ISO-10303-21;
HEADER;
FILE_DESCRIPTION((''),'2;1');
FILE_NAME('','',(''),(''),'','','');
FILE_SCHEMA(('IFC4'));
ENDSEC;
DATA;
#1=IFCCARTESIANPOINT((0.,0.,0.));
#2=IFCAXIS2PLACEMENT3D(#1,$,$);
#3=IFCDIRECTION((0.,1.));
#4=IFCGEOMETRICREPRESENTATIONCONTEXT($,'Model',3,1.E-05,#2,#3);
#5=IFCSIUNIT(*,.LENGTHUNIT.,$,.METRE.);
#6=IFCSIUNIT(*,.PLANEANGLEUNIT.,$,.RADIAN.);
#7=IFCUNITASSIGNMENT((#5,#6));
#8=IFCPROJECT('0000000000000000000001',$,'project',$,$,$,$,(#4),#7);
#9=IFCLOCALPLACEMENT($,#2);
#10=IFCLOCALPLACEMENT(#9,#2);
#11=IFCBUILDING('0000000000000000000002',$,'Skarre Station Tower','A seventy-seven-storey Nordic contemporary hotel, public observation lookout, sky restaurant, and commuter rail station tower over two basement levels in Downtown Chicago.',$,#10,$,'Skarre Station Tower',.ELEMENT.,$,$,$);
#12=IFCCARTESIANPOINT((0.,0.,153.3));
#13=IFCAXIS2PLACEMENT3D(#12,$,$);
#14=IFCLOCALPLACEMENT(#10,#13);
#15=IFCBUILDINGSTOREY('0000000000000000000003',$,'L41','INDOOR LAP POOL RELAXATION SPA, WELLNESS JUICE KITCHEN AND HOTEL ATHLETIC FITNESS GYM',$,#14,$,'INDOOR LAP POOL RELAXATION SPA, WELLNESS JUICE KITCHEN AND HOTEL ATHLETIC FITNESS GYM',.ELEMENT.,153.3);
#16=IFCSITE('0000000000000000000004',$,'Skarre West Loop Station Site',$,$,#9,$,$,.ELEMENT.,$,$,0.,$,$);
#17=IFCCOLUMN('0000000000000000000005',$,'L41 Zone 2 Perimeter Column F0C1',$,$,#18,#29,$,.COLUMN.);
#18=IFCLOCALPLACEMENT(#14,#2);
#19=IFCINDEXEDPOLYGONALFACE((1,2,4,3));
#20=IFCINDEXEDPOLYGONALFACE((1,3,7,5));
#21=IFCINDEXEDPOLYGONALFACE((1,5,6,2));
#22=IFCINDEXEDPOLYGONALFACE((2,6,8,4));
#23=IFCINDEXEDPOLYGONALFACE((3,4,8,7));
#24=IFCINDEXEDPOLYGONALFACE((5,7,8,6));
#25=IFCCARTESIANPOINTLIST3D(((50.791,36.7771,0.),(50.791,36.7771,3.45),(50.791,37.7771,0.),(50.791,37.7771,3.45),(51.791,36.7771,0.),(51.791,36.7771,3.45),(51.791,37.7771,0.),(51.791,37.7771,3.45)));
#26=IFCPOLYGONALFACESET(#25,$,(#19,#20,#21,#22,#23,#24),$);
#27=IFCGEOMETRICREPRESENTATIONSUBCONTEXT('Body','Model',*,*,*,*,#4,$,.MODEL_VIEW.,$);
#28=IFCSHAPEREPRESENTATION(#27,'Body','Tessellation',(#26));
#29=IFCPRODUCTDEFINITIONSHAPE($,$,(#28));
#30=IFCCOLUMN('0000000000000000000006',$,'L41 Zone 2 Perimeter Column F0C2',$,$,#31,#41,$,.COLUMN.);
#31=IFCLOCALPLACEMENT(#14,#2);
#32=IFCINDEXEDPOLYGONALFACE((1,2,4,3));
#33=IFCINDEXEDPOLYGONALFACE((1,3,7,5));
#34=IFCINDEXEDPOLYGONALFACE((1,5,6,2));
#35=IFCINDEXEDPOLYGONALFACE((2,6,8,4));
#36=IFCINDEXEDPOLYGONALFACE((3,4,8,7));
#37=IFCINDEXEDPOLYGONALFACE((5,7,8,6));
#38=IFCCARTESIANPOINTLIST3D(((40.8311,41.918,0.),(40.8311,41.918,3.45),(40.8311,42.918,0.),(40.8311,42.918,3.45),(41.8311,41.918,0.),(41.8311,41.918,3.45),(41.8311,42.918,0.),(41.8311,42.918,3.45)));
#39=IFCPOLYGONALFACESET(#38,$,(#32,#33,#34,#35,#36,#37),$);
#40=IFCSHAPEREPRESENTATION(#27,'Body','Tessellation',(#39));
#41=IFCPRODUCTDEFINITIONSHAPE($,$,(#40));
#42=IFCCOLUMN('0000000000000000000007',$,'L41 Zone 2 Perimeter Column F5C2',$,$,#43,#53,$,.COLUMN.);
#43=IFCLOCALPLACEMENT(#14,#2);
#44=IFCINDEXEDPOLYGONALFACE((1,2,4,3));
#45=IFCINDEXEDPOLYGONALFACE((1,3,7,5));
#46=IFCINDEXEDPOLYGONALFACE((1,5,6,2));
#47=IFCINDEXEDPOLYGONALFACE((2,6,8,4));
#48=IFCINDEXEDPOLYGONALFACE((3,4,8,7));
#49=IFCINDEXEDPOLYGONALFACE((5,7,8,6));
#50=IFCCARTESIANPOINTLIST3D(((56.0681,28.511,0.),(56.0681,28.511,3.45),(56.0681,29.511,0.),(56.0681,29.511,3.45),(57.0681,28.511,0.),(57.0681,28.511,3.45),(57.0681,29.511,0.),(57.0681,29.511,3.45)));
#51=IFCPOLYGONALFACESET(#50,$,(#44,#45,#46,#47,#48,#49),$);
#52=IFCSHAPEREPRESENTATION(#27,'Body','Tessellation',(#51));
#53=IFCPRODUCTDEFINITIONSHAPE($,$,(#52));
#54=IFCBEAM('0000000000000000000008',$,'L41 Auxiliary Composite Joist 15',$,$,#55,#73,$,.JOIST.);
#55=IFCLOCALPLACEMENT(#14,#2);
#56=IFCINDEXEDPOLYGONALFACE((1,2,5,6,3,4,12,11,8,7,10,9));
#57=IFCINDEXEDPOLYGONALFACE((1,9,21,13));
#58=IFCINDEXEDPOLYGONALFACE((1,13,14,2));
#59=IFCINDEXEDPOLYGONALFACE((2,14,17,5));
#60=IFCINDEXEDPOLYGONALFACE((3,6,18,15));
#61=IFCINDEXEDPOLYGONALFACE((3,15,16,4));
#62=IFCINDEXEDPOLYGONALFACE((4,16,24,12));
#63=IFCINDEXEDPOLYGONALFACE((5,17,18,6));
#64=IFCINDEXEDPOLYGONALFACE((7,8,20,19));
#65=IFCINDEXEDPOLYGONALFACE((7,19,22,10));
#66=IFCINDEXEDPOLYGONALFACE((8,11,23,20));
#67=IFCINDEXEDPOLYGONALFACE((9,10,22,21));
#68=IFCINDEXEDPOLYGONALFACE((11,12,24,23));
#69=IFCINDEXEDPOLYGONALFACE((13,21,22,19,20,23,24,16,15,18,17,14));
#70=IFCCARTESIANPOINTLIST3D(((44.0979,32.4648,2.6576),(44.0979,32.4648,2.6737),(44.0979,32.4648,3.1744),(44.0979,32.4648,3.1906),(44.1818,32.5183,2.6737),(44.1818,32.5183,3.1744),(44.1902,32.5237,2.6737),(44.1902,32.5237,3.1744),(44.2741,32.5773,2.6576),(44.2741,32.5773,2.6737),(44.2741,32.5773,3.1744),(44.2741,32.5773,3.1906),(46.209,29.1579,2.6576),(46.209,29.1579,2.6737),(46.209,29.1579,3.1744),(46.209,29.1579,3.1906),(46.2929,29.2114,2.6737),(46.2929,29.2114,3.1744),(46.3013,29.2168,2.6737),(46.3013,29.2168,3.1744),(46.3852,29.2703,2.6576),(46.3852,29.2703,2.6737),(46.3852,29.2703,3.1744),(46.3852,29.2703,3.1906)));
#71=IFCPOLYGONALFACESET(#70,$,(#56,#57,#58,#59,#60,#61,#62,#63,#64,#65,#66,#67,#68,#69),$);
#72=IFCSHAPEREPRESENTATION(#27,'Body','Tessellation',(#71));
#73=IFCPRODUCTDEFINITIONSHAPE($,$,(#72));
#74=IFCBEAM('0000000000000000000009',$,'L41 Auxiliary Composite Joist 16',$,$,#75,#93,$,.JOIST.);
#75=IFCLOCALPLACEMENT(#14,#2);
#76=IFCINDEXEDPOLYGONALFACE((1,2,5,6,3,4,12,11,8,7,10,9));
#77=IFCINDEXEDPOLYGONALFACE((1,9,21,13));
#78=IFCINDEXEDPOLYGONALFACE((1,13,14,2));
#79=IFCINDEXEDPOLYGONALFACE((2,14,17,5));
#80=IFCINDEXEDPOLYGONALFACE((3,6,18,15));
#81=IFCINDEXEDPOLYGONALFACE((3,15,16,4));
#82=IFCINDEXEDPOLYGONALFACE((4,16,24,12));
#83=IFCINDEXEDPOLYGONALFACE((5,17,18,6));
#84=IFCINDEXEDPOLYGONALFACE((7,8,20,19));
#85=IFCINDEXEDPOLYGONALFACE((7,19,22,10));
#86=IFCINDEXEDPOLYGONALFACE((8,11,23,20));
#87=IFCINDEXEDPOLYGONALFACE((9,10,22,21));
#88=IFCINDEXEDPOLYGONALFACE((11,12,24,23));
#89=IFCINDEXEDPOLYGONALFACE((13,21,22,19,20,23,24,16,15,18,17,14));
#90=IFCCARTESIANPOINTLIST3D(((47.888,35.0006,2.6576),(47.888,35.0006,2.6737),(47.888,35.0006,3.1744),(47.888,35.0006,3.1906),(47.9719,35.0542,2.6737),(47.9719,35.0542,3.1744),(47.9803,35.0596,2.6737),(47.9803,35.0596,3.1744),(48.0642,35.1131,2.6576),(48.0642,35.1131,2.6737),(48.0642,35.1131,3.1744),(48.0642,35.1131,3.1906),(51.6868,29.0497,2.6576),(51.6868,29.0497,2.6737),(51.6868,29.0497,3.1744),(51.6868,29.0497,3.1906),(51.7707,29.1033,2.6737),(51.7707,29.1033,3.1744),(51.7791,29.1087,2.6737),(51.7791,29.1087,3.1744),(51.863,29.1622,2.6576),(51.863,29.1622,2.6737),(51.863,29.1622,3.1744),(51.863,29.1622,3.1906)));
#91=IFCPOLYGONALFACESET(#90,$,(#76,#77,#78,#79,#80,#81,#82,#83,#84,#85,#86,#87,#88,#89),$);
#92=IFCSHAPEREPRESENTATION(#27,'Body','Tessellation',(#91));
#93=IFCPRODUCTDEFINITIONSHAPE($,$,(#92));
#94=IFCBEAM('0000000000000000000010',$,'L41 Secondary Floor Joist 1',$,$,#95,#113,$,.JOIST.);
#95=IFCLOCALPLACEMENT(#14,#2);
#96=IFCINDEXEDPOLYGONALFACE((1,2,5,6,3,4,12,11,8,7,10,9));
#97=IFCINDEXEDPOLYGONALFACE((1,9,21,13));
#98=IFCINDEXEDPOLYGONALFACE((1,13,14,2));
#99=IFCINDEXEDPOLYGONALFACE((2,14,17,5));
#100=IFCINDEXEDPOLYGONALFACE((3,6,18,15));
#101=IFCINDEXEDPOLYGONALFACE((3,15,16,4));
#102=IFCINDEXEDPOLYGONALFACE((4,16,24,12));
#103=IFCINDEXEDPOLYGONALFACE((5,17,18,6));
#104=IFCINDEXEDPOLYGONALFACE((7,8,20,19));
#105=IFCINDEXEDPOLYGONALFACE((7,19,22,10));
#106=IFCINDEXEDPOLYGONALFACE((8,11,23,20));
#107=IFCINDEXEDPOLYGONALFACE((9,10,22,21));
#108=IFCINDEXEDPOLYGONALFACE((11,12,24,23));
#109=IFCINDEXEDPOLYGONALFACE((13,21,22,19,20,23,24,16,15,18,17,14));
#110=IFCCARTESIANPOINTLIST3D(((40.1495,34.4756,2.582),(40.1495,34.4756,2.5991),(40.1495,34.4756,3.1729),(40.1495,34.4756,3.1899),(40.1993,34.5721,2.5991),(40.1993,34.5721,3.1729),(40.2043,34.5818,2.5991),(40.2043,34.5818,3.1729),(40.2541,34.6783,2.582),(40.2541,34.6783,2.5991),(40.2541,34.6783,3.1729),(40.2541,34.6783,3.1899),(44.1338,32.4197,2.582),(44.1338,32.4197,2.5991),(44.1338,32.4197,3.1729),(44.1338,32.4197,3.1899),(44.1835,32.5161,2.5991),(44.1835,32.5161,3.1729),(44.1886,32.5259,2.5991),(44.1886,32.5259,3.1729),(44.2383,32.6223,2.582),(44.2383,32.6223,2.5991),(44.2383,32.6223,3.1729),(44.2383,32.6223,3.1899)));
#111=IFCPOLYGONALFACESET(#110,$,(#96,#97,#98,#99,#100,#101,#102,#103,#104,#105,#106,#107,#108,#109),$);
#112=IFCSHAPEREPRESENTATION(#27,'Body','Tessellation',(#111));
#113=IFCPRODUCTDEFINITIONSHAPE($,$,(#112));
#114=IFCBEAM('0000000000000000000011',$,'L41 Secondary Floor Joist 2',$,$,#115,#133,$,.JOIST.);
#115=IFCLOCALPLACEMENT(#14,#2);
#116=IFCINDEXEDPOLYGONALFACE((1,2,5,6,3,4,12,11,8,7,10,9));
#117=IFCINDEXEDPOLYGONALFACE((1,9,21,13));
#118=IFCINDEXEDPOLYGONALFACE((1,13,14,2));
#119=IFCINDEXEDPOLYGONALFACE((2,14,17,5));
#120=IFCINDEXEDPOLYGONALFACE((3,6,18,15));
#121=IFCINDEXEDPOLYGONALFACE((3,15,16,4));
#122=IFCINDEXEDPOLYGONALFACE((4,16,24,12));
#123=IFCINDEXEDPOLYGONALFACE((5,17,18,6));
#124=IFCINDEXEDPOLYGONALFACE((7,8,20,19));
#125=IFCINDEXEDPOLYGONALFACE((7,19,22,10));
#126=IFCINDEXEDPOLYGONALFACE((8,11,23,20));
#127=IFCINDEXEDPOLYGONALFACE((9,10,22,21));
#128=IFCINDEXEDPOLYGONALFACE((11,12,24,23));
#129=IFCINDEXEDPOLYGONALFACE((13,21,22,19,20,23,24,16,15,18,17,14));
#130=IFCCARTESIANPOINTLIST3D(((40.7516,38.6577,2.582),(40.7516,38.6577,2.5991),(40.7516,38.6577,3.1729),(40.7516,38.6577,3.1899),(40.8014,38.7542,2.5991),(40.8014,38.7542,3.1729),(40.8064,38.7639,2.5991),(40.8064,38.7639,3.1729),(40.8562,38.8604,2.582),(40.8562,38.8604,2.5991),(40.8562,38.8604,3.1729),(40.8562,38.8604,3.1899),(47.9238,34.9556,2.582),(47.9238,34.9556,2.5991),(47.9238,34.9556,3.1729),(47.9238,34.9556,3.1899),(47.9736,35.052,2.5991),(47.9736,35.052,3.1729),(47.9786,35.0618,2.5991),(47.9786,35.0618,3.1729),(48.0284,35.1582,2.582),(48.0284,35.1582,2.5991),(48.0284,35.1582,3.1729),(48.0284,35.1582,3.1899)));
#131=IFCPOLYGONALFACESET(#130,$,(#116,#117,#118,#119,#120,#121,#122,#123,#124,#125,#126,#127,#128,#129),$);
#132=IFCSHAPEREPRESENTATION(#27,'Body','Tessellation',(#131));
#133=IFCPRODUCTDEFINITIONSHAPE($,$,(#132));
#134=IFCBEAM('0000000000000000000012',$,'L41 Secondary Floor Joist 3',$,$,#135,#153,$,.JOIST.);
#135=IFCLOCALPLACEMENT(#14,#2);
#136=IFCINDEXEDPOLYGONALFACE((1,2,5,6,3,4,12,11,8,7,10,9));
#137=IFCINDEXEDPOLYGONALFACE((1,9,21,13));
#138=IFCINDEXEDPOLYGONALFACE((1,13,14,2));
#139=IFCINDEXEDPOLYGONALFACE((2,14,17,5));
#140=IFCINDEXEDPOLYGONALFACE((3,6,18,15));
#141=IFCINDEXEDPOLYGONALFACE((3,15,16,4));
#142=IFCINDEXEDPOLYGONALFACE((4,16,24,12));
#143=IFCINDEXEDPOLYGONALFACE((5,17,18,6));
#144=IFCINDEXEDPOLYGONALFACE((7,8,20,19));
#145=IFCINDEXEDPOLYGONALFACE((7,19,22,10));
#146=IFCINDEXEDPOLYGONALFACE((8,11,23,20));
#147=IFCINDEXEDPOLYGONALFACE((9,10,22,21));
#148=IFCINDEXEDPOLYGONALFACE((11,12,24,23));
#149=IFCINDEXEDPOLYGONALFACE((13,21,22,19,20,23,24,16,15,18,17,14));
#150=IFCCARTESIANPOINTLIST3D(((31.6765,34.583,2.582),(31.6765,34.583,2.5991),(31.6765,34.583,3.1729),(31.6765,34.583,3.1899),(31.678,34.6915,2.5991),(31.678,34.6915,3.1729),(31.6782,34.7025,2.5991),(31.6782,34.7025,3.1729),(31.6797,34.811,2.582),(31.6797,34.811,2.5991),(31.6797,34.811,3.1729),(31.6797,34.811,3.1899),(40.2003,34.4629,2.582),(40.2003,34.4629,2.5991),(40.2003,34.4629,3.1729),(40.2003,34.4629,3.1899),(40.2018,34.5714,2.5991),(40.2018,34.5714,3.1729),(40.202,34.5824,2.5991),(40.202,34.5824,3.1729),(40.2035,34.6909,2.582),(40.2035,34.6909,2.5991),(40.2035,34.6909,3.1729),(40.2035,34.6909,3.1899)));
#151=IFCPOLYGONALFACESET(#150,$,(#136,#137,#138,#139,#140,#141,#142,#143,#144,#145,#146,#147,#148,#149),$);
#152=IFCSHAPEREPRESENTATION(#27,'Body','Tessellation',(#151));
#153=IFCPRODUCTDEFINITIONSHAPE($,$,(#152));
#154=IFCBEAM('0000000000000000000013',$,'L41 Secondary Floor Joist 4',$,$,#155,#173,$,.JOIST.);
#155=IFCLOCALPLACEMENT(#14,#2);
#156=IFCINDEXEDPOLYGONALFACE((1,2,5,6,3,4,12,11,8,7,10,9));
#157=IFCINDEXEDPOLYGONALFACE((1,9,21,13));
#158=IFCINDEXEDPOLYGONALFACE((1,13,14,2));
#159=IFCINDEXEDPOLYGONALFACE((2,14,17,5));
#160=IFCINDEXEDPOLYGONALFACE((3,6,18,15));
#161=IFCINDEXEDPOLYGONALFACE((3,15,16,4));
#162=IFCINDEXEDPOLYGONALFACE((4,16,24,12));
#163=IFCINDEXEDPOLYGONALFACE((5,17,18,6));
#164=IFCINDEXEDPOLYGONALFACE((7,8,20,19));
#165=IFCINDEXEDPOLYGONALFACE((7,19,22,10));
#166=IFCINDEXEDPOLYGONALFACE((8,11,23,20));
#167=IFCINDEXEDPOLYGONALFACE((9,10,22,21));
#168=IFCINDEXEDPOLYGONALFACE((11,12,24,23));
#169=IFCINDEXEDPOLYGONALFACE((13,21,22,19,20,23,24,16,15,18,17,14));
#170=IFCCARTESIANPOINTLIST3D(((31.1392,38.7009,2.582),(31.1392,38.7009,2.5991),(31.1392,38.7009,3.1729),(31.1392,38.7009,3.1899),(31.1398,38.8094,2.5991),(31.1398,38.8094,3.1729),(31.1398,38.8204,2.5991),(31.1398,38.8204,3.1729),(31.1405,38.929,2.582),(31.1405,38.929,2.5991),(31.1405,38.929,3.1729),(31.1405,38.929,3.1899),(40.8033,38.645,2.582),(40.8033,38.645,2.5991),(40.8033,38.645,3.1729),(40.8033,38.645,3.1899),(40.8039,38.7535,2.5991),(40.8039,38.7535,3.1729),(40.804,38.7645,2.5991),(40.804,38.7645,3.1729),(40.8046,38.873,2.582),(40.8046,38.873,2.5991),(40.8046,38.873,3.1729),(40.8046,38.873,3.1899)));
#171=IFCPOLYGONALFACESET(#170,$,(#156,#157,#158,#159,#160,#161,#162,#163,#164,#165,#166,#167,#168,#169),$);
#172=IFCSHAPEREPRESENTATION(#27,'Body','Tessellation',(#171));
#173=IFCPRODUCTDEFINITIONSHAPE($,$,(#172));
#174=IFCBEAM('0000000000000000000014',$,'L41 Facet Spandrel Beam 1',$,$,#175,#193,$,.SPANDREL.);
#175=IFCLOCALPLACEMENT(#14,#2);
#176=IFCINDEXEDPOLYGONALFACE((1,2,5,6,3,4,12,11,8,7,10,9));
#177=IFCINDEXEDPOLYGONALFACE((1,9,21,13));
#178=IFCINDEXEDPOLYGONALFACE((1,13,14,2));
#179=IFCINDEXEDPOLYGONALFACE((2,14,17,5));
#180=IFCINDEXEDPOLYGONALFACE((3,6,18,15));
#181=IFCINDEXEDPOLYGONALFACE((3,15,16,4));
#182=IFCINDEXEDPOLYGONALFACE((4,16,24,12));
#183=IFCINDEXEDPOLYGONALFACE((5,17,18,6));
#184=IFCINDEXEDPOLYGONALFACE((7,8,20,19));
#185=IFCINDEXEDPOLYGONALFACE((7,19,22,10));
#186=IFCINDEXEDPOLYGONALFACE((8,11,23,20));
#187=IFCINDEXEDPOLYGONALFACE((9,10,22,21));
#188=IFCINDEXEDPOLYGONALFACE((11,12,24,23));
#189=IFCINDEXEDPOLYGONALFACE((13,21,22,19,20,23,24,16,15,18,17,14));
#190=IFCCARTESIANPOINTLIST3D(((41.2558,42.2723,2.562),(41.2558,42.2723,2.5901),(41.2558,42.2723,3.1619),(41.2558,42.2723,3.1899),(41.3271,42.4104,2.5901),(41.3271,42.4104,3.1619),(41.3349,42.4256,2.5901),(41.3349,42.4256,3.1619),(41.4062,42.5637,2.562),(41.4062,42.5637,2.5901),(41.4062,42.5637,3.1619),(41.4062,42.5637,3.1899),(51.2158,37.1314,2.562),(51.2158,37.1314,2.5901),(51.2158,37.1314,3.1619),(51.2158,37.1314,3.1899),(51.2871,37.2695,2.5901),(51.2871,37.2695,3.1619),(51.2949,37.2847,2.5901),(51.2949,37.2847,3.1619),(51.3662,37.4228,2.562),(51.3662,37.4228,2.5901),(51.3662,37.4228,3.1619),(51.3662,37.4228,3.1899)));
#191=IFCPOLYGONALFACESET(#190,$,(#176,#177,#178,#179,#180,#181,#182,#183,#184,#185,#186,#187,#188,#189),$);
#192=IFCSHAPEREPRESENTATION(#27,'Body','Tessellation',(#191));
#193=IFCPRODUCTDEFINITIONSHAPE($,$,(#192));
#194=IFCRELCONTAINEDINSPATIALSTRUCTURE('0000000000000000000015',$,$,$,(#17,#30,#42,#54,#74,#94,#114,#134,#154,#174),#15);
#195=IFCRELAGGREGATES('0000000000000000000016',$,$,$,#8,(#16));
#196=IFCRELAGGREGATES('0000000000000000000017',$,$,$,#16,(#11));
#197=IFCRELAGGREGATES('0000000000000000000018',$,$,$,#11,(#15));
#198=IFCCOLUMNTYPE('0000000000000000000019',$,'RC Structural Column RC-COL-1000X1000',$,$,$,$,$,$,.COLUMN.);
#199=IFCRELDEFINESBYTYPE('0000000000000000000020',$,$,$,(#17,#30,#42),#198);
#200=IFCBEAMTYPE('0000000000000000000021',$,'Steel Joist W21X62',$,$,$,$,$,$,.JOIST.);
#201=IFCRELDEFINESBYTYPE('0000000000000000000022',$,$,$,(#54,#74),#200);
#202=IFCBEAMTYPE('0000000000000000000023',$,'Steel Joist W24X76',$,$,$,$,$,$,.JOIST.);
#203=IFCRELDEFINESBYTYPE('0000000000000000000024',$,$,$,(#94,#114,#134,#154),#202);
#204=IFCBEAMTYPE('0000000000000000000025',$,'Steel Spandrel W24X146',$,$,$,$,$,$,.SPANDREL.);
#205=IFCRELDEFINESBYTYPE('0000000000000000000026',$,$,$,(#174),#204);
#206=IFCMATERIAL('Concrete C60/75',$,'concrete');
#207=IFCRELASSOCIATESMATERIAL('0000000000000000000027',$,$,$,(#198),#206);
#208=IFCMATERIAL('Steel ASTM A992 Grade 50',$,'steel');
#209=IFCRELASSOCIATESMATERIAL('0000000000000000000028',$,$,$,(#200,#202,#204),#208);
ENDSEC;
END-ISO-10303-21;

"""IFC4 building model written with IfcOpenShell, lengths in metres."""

from ifc_helpers import new_model, si_unit, direction, frame, origin, origin_2d, place, context, subcontext, project, spatial, rectangle, i_section, extrude, material, material_profile, profile_set, type_object, element, save


model = new_model("IFC4")

# Units and contexts
model_context = context("Model", 3, precision=1e-05, world=origin(), true_north=direction((0.0, 1.0)))
body_context = subcontext(model_context, "Body", "Model", "MODEL_VIEW")
ifc_project = project(units=[si_unit("LENGTHUNIT", "METRE"), si_unit("PLANEANGLEUNIT", "RADIAN")], contexts=[model_context])

# Site, building, storey
site_placement = place(None, origin())
site = spatial("IfcSite", under=ifc_project, at=site_placement, Name="Skarre West Loop Station Site", CompositionType="ELEMENT", RefElevation=0.0)
building_placement = place(site_placement, origin())
building = spatial("IfcBuilding", under=site, at=building_placement, Name="Skarre Station Tower", Description="A seventy-seven-storey Nordic contemporary hotel, public observation lookout, sky restaurant, and commuter rail station tower over two basement levels in Downtown Chicago.", LongName="Skarre Station Tower", CompositionType="ELEMENT")
storey_placement = place(building_placement, frame((0.0, 0.0, 153.3)))
storey = spatial("IfcBuildingStorey", under=building, at=storey_placement, Name="L41", Description="INDOOR LAP POOL RELAXATION SPA, WELLNESS JUICE KITCHEN AND HOTEL ATHLETIC FITNESS GYM", LongName="INDOOR LAP POOL RELAXATION SPA, WELLNESS JUICE KITCHEN AND HOTEL ATHLETIC FITNESS GYM", CompositionType="ELEMENT", Elevation=153.3)

# Columns
ifc_material_1 = material(Name="Concrete C60/75", Category="concrete")
ifc_material_profile_1 = material_profile(ifc_material_1, rectangle(XDim=1.0, YDim=1.0, at=origin_2d()), Name="Concrete C60/75")
ifc_profile_set_1 = profile_set([ifc_material_profile_1], Name="Concrete C60/75")
column_type = type_object("IfcColumnType", Name="RC Structural Column RC-COL-1000X1000", PredefinedType="COLUMN", material=ifc_profile_set_1)
for number, where, z_axis, x_axis, name in (
    (1, (51.291, 37.2771, 0.0), (0.0, 0.0, 1.0), (1.0, 0.0, 0.0), "L41 Zone 2 Perimeter Column F0C1"),
    (2, (41.3311, 42.418, 0.0), (0.0, 0.0, 1.0), (1.0, 0.0, 0.0), "L41 Zone 2 Perimeter Column F0C2"),
    (3, (56.5681, 29.011, 0.0), (0.0, 0.0, 1.0), (1.0, 0.0, 0.0), "L41 Zone 2 Perimeter Column F5C2"),
):
    element("IfcColumn", number, at=place(storey_placement, frame(where, z_axis=z_axis, x_axis=x_axis)), inside=storey, type_object=column_type, Name=name, PredefinedType="COLUMN", context=body_context, shape_type="SweptSolid", body=[
        extrude(rectangle(XDim=1.0, YDim=1.0, at=origin_2d()), origin(), (0.0, 0.0, 1.0), 3.45),
    ])

# Beams
ifc_material_2 = material(Name="Steel ASTM A992 Grade 50", Category="steel")
ifc_material_profile_2 = material_profile(ifc_material_2, i_section(OverallWidth=0.209, OverallDepth=0.533, WebThickness=0.01, FlangeThickness=0.0161, at=origin_2d()), Name="Steel ASTM A992 Grade 50")
ifc_profile_set_2 = profile_set([ifc_material_profile_2], Name="Steel ASTM A992 Grade 50")
beam_type_1 = type_object("IfcBeamType", Name="Steel Joist W21X62", PredefinedType="JOIST", material=ifc_profile_set_2)
beam_1_placement = place(storey_placement, frame((46.2971, 29.2141, 2.9241), z_axis=(-0.538091, 0.842887, 0.0), x_axis=(-0.842887, -0.538091, 0.0)))
element("IfcBeam", 4, at=beam_1_placement, inside=storey, type_object=beam_type_1, Name="L41 Auxiliary Composite Joist 15", PredefinedType="JOIST", context=body_context, shape_type="SweptSolid", body=[
    extrude(i_section(OverallWidth=0.209, OverallDepth=0.533, WebThickness=0.01, FlangeThickness=0.0161, at=origin_2d()), origin(), (0.0, 0.0, 1.0), 3.9233),
])
beam_2_placement = place(storey_placement, frame((51.7749, 29.106, 2.9241), z_axis=(-0.538072, 0.842899, 0.0), x_axis=(-0.842899, -0.538072, 0.0)))
element("IfcBeam", 5, at=beam_2_placement, inside=storey, type_object=beam_type_1, Name="L41 Auxiliary Composite Joist 16", PredefinedType="JOIST", context=body_context, shape_type="SweptSolid", body=[
    extrude(i_section(OverallWidth=0.209, OverallDepth=0.533, WebThickness=0.01, FlangeThickness=0.0161, at=origin_2d()), origin(), (0.0, 0.0, 1.0), 7.0601),
])
ifc_material_profile_3 = material_profile(ifc_material_2, i_section(OverallWidth=0.228, OverallDepth=0.6079, WebThickness=0.011, FlangeThickness=0.0171, at=origin_2d()), Name="Steel ASTM A992 Grade 50")
ifc_profile_set_3 = profile_set([ifc_material_profile_3], Name="Steel ASTM A992 Grade 50")
beam_type_2 = type_object("IfcBeamType", Name="Steel Joist W24X76", PredefinedType="JOIST", material=ifc_profile_set_3)
beam_3_placement = place(storey_placement, frame((44.186, 32.521, 2.886), z_axis=(-0.888659, 0.458569, 0.0), x_axis=(-0.458569, -0.888659, 0.0)))
element("IfcBeam", 6, at=beam_3_placement, inside=storey, type_object=beam_type_2, Name="L41 Secondary Floor Joist 1", PredefinedType="JOIST", context=body_context, shape_type="SweptSolid", body=[
    extrude(i_section(OverallWidth=0.228, OverallDepth=0.6079, WebThickness=0.011, FlangeThickness=0.0171, at=origin_2d()), origin(), (0.0, 0.0, 1.0), 4.4834),
])
beam_4_placement = place(storey_placement, frame((47.9761, 35.0569, 2.886), z_axis=(-0.8886, 0.458683, 0.0), x_axis=(-0.458683, -0.8886, 0.0)))
element("IfcBeam", 7, at=beam_4_placement, inside=storey, type_object=beam_type_2, Name="L41 Secondary Floor Joist 2", PredefinedType="JOIST", context=body_context, shape_type="SweptSolid", body=[
    extrude(i_section(OverallWidth=0.228, OverallDepth=0.6079, WebThickness=0.011, FlangeThickness=0.0171, at=origin_2d()), origin(), (0.0, 0.0, 1.0), 8.0713),
])
beam_5_placement = place(storey_placement, frame((40.2019, 34.5769, 2.886), z_axis=(-0.999901, 0.01409, 0.0), x_axis=(-0.01409, -0.999901, 0.0)))
element("IfcBeam", 8, at=beam_5_placement, inside=storey, type_object=beam_type_2, Name="L41 Secondary Floor Joist 3", PredefinedType="JOIST", context=body_context, shape_type="SweptSolid", body=[
    extrude(i_section(OverallWidth=0.228, OverallDepth=0.6079, WebThickness=0.011, FlangeThickness=0.0171, at=origin_2d()), origin(), (0.0, 0.0, 1.0), 8.5247),
])
beam_6_placement = place(storey_placement, frame((40.804, 38.759, 2.886), z_axis=(-0.999983, 0.005785, 0.0), x_axis=(-0.005785, -0.999983, 0.0)))
element("IfcBeam", 9, at=beam_6_placement, inside=storey, type_object=beam_type_2, Name="L41 Secondary Floor Joist 4", PredefinedType="JOIST", context=body_context, shape_type="SweptSolid", body=[
    extrude(i_section(OverallWidth=0.228, OverallDepth=0.6079, WebThickness=0.011, FlangeThickness=0.0171, at=origin_2d()), origin(), (0.0, 0.0, 1.0), 9.6643),
])
ifc_material_profile_4 = material_profile(ifc_material_2, i_section(OverallWidth=0.3279, OverallDepth=0.6279, WebThickness=0.0171, FlangeThickness=0.0281, at=origin_2d()), Name="Steel ASTM A992 Grade 50")
ifc_profile_set_4 = profile_set([ifc_material_profile_4], Name="Steel ASTM A992 Grade 50")
beam_type_3 = type_object("IfcBeamType", Name="Steel Spandrel W24X146", PredefinedType="SPANDREL", material=ifc_profile_set_4)
beam_7_placement = place(storey_placement, frame((51.291, 37.2771, 2.876), z_axis=(-0.888612, 0.45866, 0.0), x_axis=(-0.45866, -0.888612, 0.0)))
element("IfcBeam", 10, at=beam_7_placement, inside=storey, type_object=beam_type_3, Name="L41 Facet Spandrel Beam 1", PredefinedType="SPANDREL", context=body_context, shape_type="SweptSolid", body=[
    extrude(i_section(OverallWidth=0.3279, OverallDepth=0.6279, WebThickness=0.0171, FlangeThickness=0.0281, at=origin_2d()), origin(), (0.0, 0.0, 1.0), 11.2085),
])

save(model, "model.ifc")
